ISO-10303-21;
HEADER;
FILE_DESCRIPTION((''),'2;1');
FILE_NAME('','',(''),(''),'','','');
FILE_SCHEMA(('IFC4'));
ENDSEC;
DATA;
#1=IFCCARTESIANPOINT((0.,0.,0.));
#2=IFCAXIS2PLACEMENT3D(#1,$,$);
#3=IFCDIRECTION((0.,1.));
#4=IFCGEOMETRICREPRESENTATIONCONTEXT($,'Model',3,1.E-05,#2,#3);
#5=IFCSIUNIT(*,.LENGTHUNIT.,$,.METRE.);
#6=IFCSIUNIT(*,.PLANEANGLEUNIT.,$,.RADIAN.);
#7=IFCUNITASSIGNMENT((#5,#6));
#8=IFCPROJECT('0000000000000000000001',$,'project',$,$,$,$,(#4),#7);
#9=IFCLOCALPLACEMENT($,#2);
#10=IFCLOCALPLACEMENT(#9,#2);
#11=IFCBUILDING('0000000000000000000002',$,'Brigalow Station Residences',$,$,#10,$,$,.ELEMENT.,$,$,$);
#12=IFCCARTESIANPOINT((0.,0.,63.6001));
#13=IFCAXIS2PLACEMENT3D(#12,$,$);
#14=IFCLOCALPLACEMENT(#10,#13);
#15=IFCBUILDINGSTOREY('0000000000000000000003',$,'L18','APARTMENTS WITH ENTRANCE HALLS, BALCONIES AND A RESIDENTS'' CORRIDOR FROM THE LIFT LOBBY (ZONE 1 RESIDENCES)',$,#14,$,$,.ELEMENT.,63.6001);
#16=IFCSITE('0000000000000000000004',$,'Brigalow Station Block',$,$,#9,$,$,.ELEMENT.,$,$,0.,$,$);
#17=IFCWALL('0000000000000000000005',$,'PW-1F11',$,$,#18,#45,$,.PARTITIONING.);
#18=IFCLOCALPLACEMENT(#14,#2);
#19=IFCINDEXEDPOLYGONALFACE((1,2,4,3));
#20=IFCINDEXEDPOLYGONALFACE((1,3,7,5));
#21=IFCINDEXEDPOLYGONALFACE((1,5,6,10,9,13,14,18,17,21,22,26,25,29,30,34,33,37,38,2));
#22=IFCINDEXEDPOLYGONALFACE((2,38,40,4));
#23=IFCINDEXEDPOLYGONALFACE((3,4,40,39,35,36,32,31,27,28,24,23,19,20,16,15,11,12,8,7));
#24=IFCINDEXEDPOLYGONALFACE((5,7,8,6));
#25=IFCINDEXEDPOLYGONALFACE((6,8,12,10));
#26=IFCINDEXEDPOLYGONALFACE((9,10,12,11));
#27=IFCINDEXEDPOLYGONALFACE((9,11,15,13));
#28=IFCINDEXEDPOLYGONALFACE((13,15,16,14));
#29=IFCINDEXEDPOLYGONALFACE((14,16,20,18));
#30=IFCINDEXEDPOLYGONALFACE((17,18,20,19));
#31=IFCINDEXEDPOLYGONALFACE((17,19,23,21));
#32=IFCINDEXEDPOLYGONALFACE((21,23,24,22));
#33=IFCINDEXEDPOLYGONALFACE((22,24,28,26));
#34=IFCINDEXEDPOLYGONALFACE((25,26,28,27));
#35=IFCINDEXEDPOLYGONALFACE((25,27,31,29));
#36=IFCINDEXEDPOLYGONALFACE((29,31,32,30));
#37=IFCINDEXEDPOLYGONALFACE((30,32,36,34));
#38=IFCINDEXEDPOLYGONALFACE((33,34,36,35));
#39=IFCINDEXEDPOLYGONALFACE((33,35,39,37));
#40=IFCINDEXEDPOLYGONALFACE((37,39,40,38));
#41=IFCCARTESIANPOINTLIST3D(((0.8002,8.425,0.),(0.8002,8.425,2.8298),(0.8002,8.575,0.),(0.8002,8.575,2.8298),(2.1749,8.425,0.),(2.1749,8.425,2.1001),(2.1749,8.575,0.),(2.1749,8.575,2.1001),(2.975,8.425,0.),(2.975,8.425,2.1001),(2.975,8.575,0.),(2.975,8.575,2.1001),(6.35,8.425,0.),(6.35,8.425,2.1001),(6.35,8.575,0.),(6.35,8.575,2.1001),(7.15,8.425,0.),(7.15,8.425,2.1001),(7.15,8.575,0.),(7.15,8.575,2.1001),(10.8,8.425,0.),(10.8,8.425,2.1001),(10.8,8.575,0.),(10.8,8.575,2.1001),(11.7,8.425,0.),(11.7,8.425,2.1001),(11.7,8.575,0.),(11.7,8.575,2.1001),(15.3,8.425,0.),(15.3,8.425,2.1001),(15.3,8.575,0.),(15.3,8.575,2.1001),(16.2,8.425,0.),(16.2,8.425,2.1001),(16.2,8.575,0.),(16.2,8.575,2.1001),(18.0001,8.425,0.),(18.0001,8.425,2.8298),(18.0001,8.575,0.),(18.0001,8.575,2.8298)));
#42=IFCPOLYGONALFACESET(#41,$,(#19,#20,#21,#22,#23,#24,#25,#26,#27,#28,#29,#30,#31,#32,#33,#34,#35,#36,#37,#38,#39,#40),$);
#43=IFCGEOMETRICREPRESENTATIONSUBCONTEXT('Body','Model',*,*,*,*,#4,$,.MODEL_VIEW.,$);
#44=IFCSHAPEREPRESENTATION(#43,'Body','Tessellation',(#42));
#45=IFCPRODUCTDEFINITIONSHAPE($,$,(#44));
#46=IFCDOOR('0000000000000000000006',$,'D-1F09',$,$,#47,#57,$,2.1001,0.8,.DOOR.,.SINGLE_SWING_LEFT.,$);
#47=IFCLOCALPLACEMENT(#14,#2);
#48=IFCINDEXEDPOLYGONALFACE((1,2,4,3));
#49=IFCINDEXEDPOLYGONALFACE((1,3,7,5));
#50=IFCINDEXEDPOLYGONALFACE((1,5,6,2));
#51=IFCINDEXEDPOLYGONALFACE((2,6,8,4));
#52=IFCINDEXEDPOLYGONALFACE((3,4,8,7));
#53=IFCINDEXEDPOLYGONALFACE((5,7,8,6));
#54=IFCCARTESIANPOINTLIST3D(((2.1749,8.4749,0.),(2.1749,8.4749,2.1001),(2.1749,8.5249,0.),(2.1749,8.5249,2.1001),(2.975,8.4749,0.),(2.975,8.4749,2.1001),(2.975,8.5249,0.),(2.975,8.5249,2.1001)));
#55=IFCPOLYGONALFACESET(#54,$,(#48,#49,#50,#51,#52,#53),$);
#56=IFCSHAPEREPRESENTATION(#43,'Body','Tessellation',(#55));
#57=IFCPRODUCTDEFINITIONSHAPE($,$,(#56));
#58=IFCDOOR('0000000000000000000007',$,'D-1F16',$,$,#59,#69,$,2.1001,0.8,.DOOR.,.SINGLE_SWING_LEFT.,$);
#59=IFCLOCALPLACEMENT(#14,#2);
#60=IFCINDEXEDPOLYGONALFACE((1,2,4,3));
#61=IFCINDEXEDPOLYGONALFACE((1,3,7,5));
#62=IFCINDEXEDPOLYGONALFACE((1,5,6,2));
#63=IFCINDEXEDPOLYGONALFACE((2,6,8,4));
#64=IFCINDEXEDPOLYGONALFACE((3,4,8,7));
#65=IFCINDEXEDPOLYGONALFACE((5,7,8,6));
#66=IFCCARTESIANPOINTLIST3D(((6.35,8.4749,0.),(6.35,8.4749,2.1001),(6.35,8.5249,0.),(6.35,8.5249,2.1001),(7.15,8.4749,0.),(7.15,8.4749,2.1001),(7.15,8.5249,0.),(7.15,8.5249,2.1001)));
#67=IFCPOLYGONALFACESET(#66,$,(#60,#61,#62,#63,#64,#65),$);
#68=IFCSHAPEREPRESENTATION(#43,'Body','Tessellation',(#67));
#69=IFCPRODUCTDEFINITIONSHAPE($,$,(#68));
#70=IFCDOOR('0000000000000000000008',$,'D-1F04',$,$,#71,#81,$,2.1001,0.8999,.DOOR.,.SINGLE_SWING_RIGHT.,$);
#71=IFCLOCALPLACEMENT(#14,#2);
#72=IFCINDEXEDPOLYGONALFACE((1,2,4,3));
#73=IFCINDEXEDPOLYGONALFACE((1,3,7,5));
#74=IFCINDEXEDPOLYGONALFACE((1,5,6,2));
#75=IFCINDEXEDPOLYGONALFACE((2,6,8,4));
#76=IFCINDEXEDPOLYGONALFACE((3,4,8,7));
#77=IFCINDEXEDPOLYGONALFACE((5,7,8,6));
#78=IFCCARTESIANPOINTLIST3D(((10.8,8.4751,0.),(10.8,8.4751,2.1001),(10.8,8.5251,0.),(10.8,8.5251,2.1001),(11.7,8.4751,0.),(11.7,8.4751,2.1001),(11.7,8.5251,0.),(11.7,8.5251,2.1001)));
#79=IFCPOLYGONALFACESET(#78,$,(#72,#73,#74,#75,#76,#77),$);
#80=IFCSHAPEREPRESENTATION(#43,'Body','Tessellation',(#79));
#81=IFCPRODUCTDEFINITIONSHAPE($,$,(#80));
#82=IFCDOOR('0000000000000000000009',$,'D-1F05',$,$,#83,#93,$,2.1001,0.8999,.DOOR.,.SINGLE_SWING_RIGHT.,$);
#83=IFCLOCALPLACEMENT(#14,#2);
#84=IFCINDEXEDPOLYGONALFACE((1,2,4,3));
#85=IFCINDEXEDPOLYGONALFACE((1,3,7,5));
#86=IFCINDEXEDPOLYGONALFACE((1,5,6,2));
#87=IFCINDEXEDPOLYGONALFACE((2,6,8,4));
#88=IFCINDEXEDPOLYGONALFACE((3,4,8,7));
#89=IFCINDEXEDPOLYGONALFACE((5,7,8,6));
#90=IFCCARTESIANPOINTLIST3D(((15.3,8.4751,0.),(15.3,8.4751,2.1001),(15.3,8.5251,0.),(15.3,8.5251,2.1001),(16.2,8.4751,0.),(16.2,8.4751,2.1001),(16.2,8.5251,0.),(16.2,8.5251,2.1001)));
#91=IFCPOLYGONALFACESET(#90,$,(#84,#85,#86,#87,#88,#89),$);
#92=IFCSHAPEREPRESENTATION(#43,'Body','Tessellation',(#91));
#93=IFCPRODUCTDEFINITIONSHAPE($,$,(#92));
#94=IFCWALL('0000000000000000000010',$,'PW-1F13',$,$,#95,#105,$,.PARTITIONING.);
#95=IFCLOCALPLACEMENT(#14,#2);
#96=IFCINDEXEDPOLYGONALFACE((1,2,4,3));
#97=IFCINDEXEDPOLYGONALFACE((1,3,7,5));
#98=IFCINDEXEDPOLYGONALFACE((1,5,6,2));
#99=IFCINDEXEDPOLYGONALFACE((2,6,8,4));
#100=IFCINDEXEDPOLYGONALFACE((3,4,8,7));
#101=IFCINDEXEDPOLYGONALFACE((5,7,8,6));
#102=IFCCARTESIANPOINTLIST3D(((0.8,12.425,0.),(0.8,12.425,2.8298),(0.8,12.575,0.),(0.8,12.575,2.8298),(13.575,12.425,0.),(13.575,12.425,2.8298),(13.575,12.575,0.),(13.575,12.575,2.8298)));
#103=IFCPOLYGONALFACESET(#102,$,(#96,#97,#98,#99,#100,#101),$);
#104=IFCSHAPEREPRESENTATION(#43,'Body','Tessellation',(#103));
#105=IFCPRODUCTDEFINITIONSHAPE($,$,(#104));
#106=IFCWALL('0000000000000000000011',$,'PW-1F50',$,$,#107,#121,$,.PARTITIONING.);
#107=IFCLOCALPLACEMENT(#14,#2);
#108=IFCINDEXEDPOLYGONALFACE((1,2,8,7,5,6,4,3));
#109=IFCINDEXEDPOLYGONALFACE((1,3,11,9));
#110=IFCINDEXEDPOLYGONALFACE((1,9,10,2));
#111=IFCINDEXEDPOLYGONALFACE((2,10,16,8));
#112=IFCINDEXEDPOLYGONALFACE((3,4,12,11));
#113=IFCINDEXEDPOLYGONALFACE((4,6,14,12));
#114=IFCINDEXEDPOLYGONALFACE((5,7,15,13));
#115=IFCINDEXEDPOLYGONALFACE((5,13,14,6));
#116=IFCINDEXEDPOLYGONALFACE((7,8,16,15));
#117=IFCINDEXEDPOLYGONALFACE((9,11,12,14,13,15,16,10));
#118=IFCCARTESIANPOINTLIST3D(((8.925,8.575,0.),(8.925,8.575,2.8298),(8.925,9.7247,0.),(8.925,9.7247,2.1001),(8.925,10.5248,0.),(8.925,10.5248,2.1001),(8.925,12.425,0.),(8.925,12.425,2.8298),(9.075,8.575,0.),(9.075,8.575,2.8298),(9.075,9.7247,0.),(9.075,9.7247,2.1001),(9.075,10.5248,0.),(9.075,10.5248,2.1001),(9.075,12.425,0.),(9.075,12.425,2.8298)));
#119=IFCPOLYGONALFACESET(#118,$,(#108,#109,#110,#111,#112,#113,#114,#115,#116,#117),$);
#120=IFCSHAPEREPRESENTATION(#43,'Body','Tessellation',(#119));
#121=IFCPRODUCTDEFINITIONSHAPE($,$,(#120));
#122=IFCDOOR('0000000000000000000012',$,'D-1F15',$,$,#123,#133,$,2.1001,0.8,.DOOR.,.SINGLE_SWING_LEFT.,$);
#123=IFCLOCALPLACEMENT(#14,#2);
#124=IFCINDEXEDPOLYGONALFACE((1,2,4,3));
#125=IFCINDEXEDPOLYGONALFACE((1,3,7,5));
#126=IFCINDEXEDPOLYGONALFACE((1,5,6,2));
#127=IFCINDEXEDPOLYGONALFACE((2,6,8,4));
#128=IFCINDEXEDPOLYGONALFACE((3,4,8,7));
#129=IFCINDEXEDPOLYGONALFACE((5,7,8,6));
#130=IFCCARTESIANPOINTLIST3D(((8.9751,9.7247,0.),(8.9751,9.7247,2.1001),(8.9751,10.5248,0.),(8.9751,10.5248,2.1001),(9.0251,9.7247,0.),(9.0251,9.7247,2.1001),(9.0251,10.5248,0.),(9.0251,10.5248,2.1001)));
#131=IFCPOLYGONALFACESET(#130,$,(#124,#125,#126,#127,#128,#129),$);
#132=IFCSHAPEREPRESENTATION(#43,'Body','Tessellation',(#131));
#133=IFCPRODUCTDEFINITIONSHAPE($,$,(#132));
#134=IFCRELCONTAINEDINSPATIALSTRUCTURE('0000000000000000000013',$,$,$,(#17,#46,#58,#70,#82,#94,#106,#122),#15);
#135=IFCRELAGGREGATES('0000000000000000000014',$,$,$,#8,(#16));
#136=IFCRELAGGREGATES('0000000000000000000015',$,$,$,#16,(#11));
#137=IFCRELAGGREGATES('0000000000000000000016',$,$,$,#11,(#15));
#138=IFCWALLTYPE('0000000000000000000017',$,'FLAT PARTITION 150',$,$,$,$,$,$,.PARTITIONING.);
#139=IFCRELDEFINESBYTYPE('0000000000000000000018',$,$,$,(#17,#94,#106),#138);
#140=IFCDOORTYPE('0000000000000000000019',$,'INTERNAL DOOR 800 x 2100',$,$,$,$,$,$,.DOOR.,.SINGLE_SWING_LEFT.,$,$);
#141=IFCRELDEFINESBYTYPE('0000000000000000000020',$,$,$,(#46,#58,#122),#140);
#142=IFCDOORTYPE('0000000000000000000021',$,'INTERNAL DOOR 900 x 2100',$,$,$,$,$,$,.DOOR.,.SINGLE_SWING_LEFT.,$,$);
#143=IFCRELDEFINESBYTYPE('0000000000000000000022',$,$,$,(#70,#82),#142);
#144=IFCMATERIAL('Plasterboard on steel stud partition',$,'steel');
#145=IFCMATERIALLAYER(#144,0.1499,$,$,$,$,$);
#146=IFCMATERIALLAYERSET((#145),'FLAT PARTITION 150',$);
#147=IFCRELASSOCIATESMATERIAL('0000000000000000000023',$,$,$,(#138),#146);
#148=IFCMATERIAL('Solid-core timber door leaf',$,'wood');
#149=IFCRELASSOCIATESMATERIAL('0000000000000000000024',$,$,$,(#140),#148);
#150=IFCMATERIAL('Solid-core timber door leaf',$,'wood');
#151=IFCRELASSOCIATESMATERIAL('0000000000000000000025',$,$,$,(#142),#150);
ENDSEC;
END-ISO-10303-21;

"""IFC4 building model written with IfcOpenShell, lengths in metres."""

from ifc_helpers import new_model, si_unit, direction, frame, frame_2d, origin, place, context, subcontext, project, spatial, rectangle, extrude, material, layer, layer_set, type_object, element, fill, save


model = new_model("IFC4")

# Units and contexts
model_context = context("Model", 3, precision=1e-05, world=origin(), true_north=direction((0.0, 1.0)))
body_context = subcontext(model_context, "Body", "Model", "MODEL_VIEW")
ifc_project = project(units=[si_unit("LENGTHUNIT", "METRE"), si_unit("PLANEANGLEUNIT", "RADIAN")], contexts=[model_context])

# Site, building, storey
site_placement = place(None, origin())
site = spatial("IfcSite", under=ifc_project, at=site_placement, Name="Brigalow Station Block", CompositionType="ELEMENT", RefElevation=0.0)
building_placement = place(site_placement, origin())
building = spatial("IfcBuilding", under=site, at=building_placement, Name="Brigalow Station Residences", CompositionType="ELEMENT")
storey_placement = place(building_placement, frame((0.0, 0.0, 63.6001)))
storey = spatial("IfcBuildingStorey", under=building, at=storey_placement, Name="L18", Description="APARTMENTS WITH ENTRANCE HALLS, BALCONIES AND A RESIDENTS' CORRIDOR FROM THE LIFT LOBBY (ZONE 1 RESIDENCES)", CompositionType="ELEMENT", Elevation=63.6001)

# Wall, openings, doors
ifc_material_1 = material(Name="Plasterboard on steel stud partition", Category="steel")
ifc_layer_1 = layer(ifc_material_1, 0.1499)
ifc_layer_set_1 = layer_set([ifc_layer_1], Name="FLAT PARTITION 150")
wall_type_1 = type_object("IfcWallType", Name="FLAT PARTITION 150", PredefinedType="PARTITIONING", material=ifc_layer_set_1)
wall_1_placement = place(storey_placement, frame((0.8, 8.5, 0.0), z_axis=(0.0, 0.0, 1.0), x_axis=(1.0, 0.0, 0.0)))
wall_1 = element("IfcWall", 1, at=wall_1_placement, inside=storey, type_object=wall_type_1, Name="PW-1F11", PredefinedType="PARTITIONING", context=body_context, shape_type="SweptSolid", body=[
    extrude(rectangle(XDim=17.2, YDim=0.1499, at=frame_2d((8.6001, 0.0))), origin(), (0.0, 0.0, 1.0), 2.8298),
])
opening_1_placement = place(wall_1_placement, frame((10.0, 0.0, 0.0)))
opening_1 = element("IfcOpeningElement", 2, at=opening_1_placement, cuts=wall_1, PredefinedType="OPENING", context=body_context, shape_type="SweptSolid", body=[
    extrude(rectangle(XDim=0.8999, YDim=2.1001, at=frame_2d((0.45, 1.05))), frame((0.0, 0.085, 0.0), z_axis=(0.0, -1.0, 0.0), x_axis=(1.0, 0.0, 0.0)), (0.0, 0.0, 1.0), 0.1699),
])
opening_2_placement = place(wall_1_placement, frame((14.5, 0.0, 0.0)))
opening_2 = element("IfcOpeningElement", 3, at=opening_2_placement, cuts=wall_1, PredefinedType="OPENING", context=body_context, shape_type="SweptSolid", body=[
    extrude(rectangle(XDim=0.8999, YDim=2.1001, at=frame_2d((0.45, 1.05))), frame((0.0, 0.085, 0.0), z_axis=(0.0, -1.0, 0.0), x_axis=(1.0, 0.0, 0.0)), (0.0, 0.0, 1.0), 0.1699),
])
opening_3_placement = place(wall_1_placement, frame((1.375, 0.0, 0.0)))
opening_3 = element("IfcOpeningElement", 4, at=opening_3_placement, cuts=wall_1, PredefinedType="OPENING", context=body_context, shape_type="SweptSolid", body=[
    extrude(rectangle(XDim=0.8, YDim=2.1001, at=frame_2d((0.3999, 1.05))), frame((0.0, 0.085, 0.0), z_axis=(0.0, -1.0, 0.0), x_axis=(1.0, 0.0, 0.0)), (0.0, 0.0, 1.0), 0.1699),
])
opening_4_placement = place(wall_1_placement, frame((5.55, 0.0, 0.0)))
opening_4 = element("IfcOpeningElement", 5, at=opening_4_placement, cuts=wall_1, PredefinedType="OPENING", context=body_context, shape_type="SweptSolid", body=[
    extrude(rectangle(XDim=0.8, YDim=2.1001, at=frame_2d((0.3999, 1.05))), frame((0.0, 0.085, 0.0), z_axis=(0.0, -1.0, 0.0), x_axis=(1.0, 0.0, 0.0)), (0.0, 0.0, 1.0), 0.1699),
])
ifc_material_2 = material(Name="Solid-core timber door leaf", Category="wood")
door_type_1 = type_object("IfcDoorType", Name="INTERNAL DOOR 800 x 2100", OperationType="SINGLE_SWING_LEFT", PredefinedType="DOOR", material=ifc_material_2)
door_1_placement = place(opening_3_placement, origin())
door_1 = element("IfcDoor", 6, at=door_1_placement, inside=storey, type_object=door_type_1, Name="D-1F09", OperationType="SINGLE_SWING_LEFT", OverallHeight=2.1001, OverallWidth=0.8, PredefinedType="DOOR", context=body_context, shape_type="SweptSolid", body=[
    extrude(rectangle(XDim=0.8, YDim=2.1001, at=frame_2d((0.3999, 1.05))), frame((0.0, 0.0249, 0.0), z_axis=(0.0, -1.0, 0.0), x_axis=(1.0, 0.0, 0.0)), (0.0, 0.0, 1.0), 0.05),
])
fill(opening_3, door_1)
door_2_placement = place(opening_4_placement, origin())
door_2 = element("IfcDoor", 7, at=door_2_placement, inside=storey, type_object=door_type_1, Name="D-1F16", OperationType="SINGLE_SWING_LEFT", OverallHeight=2.1001, OverallWidth=0.8, PredefinedType="DOOR", context=body_context, shape_type="SweptSolid", body=[
    extrude(rectangle(XDim=0.8, YDim=2.1001, at=frame_2d((0.3999, 1.05))), frame((0.0, 0.0249, 0.0), z_axis=(0.0, -1.0, 0.0), x_axis=(1.0, 0.0, 0.0)), (0.0, 0.0, 1.0), 0.05),
])
fill(opening_4, door_2)
ifc_material_3 = material(Name="Solid-core timber door leaf", Category="wood")
door_type_2 = type_object("IfcDoorType", Name="INTERNAL DOOR 900 x 2100", OperationType="SINGLE_SWING_LEFT", PredefinedType="DOOR", material=ifc_material_3)
door_3_placement = place(opening_1_placement, frame((0.8999, 0.0, 0.0), z_axis=(0.0, 0.0, 1.0), x_axis=(-1.0, 0.0, 0.0)))
door_3 = element("IfcDoor", 8, at=door_3_placement, inside=storey, type_object=door_type_2, Name="D-1F04", OperationType="SINGLE_SWING_RIGHT", OverallHeight=2.1001, OverallWidth=0.8999, PredefinedType="DOOR", context=body_context, shape_type="SweptSolid", body=[
    extrude(rectangle(XDim=0.8999, YDim=2.1001, at=frame_2d((0.45, 1.05))), frame((0.0, 0.0249, 0.0), z_axis=(0.0, -1.0, 0.0), x_axis=(1.0, 0.0, 0.0)), (0.0, 0.0, 1.0), 0.05),
])
fill(opening_1, door_3)
door_4_placement = place(opening_2_placement, frame((0.8999, 0.0, 0.0), z_axis=(0.0, 0.0, 1.0), x_axis=(-1.0, 0.0, 0.0)))
door_4 = element("IfcDoor", 9, at=door_4_placement, inside=storey, type_object=door_type_2, Name="D-1F05", OperationType="SINGLE_SWING_RIGHT", OverallHeight=2.1001, OverallWidth=0.8999, PredefinedType="DOOR", context=body_context, shape_type="SweptSolid", body=[
    extrude(rectangle(XDim=0.8999, YDim=2.1001, at=frame_2d((0.45, 1.05))), frame((0.0, 0.0249, 0.0), z_axis=(0.0, -1.0, 0.0), x_axis=(1.0, 0.0, 0.0)), (0.0, 0.0, 1.0), 0.05),
])
fill(opening_2, door_4)

# Wall
wall_2_placement = place(storey_placement, frame((0.8, 12.5, 0.0), z_axis=(0.0, 0.0, 1.0), x_axis=(1.0, 0.0, 0.0)))
element("IfcWall", 10, at=wall_2_placement, inside=storey, type_object=wall_type_1, Name="PW-1F13", PredefinedType="PARTITIONING", context=body_context, shape_type="SweptSolid", body=[
    extrude(rectangle(XDim=12.7749, YDim=0.1499, at=frame_2d((6.3875, 0.0))), origin(), (0.0, 0.0, 1.0), 2.8298),
])

# Wall, opening, door
wall_3_placement = place(storey_placement, frame((9.0, 8.575, 0.0), z_axis=(0.0, 0.0, 1.0), x_axis=(0.0, 1.0, 0.0)))
wall_3 = element("IfcWall", 11, at=wall_3_placement, inside=storey, type_object=wall_type_1, Name="PW-1F50", PredefinedType="PARTITIONING", context=body_context, shape_type="SweptSolid", body=[
    extrude(rectangle(XDim=3.8501, YDim=0.1499, at=frame_2d((1.925, 0.0))), origin(), (0.0, 0.0, 1.0), 2.8298),
])
opening_5_placement = place(wall_3_placement, frame((1.1499, 0.0, 0.0)))
opening_5 = element("IfcOpeningElement", 12, at=opening_5_placement, cuts=wall_3, PredefinedType="OPENING", context=body_context, shape_type="SweptSolid", body=[
    extrude(rectangle(XDim=0.8, YDim=2.1001, at=frame_2d((0.3999, 1.05))), frame((0.0, 0.085, 0.0), z_axis=(0.0, -1.0, 0.0), x_axis=(1.0, 0.0, 0.0)), (0.0, 0.0, 1.0), 0.1699),
])
door_5_placement = place(opening_5_placement, origin())
door_5 = element("IfcDoor", 13, at=door_5_placement, inside=storey, type_object=door_type_1, Name="D-1F15", OperationType="SINGLE_SWING_LEFT", OverallHeight=2.1001, OverallWidth=0.8, PredefinedType="DOOR", context=body_context, shape_type="SweptSolid", body=[
    extrude(rectangle(XDim=0.8, YDim=2.1001, at=frame_2d((0.3999, 1.05))), frame((0.0, 0.0249, 0.0), z_axis=(0.0, -1.0, 0.0), x_axis=(1.0, 0.0, 0.0)), (0.0, 0.0, 1.0), 0.05),
])
fill(opening_5, door_5)

save(model, "model.ifc")
